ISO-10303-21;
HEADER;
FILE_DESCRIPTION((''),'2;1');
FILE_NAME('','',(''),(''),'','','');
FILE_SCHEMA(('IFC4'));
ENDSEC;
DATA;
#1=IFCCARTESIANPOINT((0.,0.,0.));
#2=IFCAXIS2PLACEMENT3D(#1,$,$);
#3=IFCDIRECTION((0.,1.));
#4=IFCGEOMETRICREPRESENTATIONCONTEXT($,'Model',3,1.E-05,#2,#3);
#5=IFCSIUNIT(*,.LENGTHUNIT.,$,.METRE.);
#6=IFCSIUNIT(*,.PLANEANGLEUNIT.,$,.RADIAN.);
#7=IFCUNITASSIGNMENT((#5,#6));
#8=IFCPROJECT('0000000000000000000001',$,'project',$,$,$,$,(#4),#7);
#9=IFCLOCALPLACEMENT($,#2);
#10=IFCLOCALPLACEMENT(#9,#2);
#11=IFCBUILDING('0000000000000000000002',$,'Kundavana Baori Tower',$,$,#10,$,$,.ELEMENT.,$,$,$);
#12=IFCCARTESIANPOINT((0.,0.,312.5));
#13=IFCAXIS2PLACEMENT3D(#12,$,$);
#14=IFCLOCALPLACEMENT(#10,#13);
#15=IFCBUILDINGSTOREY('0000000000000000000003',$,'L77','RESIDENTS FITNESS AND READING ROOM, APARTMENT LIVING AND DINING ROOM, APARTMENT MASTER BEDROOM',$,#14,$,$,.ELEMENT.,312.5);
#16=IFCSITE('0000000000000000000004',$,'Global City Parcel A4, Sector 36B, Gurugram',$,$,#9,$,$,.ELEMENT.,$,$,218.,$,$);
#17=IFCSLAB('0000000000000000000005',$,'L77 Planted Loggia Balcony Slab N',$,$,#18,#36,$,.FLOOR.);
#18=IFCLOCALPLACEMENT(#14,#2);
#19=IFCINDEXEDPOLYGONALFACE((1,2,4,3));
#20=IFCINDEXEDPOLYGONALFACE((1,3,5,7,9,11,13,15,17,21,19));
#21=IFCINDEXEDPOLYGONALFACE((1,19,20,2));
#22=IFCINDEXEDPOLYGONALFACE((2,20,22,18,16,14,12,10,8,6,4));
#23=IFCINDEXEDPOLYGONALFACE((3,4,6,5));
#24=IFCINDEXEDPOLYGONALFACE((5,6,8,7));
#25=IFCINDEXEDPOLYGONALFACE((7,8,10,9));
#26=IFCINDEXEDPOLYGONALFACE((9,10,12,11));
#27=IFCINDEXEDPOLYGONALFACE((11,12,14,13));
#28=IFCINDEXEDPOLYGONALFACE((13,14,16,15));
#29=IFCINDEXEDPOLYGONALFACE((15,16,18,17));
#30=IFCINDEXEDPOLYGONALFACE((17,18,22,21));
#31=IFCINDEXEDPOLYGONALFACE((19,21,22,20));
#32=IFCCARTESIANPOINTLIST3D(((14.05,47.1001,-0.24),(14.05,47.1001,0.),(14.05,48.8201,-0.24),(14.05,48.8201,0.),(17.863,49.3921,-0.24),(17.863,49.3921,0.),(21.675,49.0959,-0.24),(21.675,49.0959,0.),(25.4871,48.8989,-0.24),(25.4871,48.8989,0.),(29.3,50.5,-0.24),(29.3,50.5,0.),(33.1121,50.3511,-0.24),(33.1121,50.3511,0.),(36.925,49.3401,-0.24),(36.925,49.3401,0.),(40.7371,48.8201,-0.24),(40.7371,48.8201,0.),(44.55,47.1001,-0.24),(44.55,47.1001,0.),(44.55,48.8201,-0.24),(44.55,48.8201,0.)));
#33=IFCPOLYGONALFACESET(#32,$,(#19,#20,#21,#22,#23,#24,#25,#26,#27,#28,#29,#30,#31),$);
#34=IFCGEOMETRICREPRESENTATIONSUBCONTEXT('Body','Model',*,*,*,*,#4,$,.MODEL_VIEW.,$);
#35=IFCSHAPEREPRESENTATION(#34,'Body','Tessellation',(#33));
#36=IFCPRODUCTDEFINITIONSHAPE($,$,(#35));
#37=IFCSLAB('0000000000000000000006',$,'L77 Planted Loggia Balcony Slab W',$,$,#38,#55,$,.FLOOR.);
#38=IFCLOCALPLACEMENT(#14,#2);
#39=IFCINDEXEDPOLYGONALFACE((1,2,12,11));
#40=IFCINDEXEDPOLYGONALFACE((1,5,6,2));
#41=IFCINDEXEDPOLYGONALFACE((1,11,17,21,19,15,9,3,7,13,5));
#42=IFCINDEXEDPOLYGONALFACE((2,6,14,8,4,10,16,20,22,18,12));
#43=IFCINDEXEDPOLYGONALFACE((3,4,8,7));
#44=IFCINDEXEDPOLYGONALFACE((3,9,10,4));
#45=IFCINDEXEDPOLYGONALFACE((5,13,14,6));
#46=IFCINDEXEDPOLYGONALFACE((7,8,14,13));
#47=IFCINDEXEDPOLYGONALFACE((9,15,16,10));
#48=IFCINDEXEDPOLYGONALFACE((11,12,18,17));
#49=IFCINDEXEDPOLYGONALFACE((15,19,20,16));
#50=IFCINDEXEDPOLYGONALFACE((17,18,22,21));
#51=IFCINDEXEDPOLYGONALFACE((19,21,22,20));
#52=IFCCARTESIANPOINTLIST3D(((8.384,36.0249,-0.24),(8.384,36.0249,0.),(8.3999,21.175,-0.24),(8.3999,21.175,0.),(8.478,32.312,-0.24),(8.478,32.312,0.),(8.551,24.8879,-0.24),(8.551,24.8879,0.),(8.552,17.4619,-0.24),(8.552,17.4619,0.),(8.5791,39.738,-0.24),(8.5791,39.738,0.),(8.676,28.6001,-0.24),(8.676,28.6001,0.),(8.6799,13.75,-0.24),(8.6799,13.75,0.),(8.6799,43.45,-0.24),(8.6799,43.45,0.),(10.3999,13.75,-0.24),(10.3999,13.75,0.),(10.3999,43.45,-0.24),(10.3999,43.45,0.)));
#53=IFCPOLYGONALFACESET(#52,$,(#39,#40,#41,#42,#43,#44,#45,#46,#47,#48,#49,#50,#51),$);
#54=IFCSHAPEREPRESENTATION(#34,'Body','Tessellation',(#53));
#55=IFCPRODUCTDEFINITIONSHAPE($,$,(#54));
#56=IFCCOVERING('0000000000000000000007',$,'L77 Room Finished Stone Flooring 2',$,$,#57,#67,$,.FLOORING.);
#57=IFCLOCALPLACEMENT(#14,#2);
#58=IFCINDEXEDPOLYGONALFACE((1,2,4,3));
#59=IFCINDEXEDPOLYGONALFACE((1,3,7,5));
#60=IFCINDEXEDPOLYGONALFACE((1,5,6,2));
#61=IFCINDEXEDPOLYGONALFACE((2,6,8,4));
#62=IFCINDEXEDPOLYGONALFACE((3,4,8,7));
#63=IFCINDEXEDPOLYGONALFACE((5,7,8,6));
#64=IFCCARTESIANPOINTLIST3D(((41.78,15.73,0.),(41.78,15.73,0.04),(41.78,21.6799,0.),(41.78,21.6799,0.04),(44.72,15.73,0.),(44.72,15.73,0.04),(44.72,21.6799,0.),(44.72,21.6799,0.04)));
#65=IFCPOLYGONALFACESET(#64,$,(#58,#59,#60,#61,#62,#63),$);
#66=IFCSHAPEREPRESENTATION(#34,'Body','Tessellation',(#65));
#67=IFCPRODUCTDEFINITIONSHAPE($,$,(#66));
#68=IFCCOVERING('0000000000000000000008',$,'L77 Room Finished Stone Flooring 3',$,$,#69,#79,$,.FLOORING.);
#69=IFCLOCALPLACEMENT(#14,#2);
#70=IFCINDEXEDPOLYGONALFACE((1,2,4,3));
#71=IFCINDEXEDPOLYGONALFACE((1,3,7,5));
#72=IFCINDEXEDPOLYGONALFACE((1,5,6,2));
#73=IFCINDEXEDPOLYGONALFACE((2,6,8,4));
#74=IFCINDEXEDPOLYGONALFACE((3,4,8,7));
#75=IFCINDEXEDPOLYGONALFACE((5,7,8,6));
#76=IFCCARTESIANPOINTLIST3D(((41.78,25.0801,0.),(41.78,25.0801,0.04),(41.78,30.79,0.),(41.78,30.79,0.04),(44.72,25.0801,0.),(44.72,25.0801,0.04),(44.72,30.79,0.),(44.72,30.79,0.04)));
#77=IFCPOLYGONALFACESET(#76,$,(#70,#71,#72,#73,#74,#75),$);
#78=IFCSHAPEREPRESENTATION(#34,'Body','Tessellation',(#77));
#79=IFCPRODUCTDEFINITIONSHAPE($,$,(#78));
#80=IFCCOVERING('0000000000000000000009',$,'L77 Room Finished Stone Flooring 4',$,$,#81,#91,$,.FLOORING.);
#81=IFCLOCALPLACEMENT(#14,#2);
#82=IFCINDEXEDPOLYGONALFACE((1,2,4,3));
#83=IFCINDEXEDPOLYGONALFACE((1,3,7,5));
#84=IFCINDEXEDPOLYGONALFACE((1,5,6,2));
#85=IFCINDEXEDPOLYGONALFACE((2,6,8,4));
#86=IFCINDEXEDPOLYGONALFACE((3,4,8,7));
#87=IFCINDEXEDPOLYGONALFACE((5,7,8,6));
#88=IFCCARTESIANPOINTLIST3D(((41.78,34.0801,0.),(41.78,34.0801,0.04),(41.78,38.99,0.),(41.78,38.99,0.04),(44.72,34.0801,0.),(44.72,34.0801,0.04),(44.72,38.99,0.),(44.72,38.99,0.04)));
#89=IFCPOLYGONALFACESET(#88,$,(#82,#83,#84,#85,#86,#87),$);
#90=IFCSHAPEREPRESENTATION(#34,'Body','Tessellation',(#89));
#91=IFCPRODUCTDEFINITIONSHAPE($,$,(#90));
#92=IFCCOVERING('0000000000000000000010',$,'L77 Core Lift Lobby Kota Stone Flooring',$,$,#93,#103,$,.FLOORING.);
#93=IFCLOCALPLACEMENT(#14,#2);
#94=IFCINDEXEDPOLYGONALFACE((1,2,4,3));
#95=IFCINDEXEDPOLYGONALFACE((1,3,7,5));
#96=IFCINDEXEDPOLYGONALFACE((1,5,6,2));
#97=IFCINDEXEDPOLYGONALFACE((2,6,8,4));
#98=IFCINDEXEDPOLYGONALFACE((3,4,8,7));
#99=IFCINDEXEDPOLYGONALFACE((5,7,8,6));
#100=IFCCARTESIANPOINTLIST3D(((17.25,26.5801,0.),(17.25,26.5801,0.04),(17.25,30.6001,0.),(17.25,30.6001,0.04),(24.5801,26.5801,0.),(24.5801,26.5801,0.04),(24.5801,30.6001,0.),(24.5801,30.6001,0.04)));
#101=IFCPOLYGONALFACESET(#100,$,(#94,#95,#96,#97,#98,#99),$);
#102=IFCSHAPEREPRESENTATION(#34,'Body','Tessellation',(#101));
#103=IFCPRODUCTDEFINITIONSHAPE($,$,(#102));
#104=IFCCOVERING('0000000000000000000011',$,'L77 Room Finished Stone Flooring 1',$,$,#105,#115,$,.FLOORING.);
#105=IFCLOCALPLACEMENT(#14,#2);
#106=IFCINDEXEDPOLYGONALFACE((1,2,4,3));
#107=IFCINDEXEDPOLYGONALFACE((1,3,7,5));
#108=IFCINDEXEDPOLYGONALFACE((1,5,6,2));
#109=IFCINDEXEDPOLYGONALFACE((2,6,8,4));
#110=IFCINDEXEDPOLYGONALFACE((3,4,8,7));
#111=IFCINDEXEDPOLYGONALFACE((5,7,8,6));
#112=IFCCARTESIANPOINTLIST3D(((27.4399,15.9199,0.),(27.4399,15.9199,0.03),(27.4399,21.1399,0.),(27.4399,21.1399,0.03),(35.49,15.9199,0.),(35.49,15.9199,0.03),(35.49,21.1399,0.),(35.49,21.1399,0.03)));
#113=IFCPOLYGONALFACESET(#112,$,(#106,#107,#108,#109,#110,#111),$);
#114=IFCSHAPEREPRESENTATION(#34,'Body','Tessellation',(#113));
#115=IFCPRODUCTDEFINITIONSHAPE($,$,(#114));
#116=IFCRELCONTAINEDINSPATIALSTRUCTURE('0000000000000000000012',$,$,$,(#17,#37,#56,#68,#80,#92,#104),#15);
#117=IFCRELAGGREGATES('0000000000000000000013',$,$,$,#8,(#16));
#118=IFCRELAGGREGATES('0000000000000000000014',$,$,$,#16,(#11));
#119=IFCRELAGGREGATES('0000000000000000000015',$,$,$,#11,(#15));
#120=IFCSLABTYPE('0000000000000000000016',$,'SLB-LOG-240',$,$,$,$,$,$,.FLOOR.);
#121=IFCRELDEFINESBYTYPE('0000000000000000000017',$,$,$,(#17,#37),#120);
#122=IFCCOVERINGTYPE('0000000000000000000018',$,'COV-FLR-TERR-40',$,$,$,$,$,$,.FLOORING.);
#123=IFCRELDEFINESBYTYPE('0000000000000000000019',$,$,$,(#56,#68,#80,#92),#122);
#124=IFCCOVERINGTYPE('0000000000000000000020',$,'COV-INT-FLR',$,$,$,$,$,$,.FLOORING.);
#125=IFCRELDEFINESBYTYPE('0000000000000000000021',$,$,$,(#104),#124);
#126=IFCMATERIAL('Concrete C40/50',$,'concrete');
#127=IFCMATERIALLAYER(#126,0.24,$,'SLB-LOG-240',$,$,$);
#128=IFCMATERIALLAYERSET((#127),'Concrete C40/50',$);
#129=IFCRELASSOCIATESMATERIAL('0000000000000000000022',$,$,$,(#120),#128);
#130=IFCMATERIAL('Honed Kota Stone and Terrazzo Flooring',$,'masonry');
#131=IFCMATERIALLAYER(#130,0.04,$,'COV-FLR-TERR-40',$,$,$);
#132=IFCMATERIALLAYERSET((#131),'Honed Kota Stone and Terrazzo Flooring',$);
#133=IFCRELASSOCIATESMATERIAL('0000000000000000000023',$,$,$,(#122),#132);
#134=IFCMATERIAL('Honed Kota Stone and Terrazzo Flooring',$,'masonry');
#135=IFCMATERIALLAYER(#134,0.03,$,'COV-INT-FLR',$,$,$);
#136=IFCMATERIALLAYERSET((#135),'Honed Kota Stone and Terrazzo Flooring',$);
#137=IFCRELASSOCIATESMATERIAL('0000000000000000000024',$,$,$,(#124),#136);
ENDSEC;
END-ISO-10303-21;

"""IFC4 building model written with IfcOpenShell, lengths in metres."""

from ifc_helpers import new_model, si_unit, direction, frame, origin, place, context, subcontext, project, spatial, polyline, outline, extrude, material, layer, layer_set, type_object, element, save


model = new_model("IFC4")

# Units and contexts
model_context = context("Model", 3, precision=1e-05, world=origin(), true_north=direction((0.0, 1.0)))
body_context = subcontext(model_context, "Body", "Model", "MODEL_VIEW")
ifc_project = project(units=[si_unit("LENGTHUNIT", "METRE"), si_unit("PLANEANGLEUNIT", "RADIAN")], contexts=[model_context])

# Site, building, storey
site_placement = place(None, origin())
site = spatial("IfcSite", under=ifc_project, at=site_placement, Name="Global City Parcel A4, Sector 36B, Gurugram", CompositionType="ELEMENT", RefElevation=218.0)
building_placement = place(site_placement, origin())
building = spatial("IfcBuilding", under=site, at=building_placement, Name="Kundavana Baori Tower", CompositionType="ELEMENT")
storey_placement = place(building_placement, frame((0.0, 0.0, 312.5)))
storey = spatial("IfcBuildingStorey", under=building, at=storey_placement, Name="L77", Description="RESIDENTS FITNESS AND READING ROOM, APARTMENT LIVING AND DINING ROOM, APARTMENT MASTER BEDROOM", CompositionType="ELEMENT", Elevation=312.5)

# Slabs
ifc_material_1 = material(Name="Concrete C40/50", Category="concrete")
ifc_layer_1 = layer(ifc_material_1, 0.24, Name="SLB-LOG-240")
ifc_layer_set_1 = layer_set([ifc_layer_1], Name="Concrete C40/50")
slab_type_1 = type_object("IfcSlabType", Name="SLB-LOG-240", PredefinedType="FLOOR", material=ifc_layer_set_1)
slab_1_placement = place(storey_placement, frame((0.0, 0.0, -0.24)))
element("IfcSlab", 1, at=slab_1_placement, inside=storey, type_object=slab_type_1, Name="L77 Planted Loggia Balcony Slab N", PredefinedType="FLOOR", context=body_context, shape_type="SweptSolid", body=[
    extrude(outline(polyline([(44.55, 47.1001), (14.05, 47.1001), (14.05, 48.8201), (17.863, 49.3921), (21.675, 49.0959), (25.4871, 48.8989), (29.3, 50.5), (33.1121, 50.3511), (36.925, 49.3401), (40.7371, 48.8201), (44.55, 48.8201), (44.55, 47.1001)])), origin(), (0.0, 0.0, 1.0), 0.24),
])
slab_2_placement = place(storey_placement, frame((0.0, 0.0, -0.24)))
element("IfcSlab", 2, at=slab_2_placement, inside=storey, type_object=slab_type_1, Name="L77 Planted Loggia Balcony Slab W", PredefinedType="FLOOR", context=body_context, shape_type="SweptSolid", body=[
    extrude(outline(polyline([(10.3999, 43.45), (10.3999, 13.75), (8.6799, 13.75), (8.552, 17.4619), (8.3999, 21.175), (8.551, 24.8879), (8.676, 28.6001), (8.478, 32.312), (8.384, 36.0249), (8.5791, 39.738), (8.6799, 43.45), (10.3999, 43.45)])), origin(), (0.0, 0.0, 1.0), 0.24),
])

# Coverings
ifc_material_2 = material(Name="Honed Kota Stone and Terrazzo Flooring", Category="masonry")
ifc_layer_2 = layer(ifc_material_2, 0.04, Name="COV-FLR-TERR-40")
ifc_layer_set_2 = layer_set([ifc_layer_2], Name="Honed Kota Stone and Terrazzo Flooring")
covering_type_1 = type_object("IfcCoveringType", Name="COV-FLR-TERR-40", PredefinedType="FLOORING", material=ifc_layer_set_2)
covering_1_placement = place(storey_placement, origin())
element("IfcCovering", 3, at=covering_1_placement, inside=storey, type_object=covering_type_1, Name="L77 Room Finished Stone Flooring 2", PredefinedType="FLOORING", context=body_context, shape_type="SweptSolid", body=[
    extrude(outline(polyline([(41.78, 15.73), (44.72, 15.73), (44.72, 21.6799), (41.78, 21.6799), (41.78, 15.73)])), origin(), (0.0, 0.0, 1.0), 0.04),
])
covering_2_placement = place(storey_placement, origin())
element("IfcCovering", 4, at=covering_2_placement, inside=storey, type_object=covering_type_1, Name="L77 Room Finished Stone Flooring 3", PredefinedType="FLOORING", context=body_context, shape_type="SweptSolid", body=[
    extrude(outline(polyline([(41.78, 25.0801), (44.72, 25.0801), (44.72, 30.79), (41.78, 30.79), (41.78, 25.0801)])), origin(), (0.0, 0.0, 1.0), 0.04),
])
covering_3_placement = place(storey_placement, origin())
element("IfcCovering", 5, at=covering_3_placement, inside=storey, type_object=covering_type_1, Name="L77 Room Finished Stone Flooring 4", PredefinedType="FLOORING", context=body_context, shape_type="SweptSolid", body=[
    extrude(outline(polyline([(41.78, 34.0801), (44.72, 34.0801), (44.72, 38.99), (41.78, 38.99), (41.78, 34.0801)])), origin(), (0.0, 0.0, 1.0), 0.04),
])
covering_4_placement = place(storey_placement, origin())
element("IfcCovering", 6, at=covering_4_placement, inside=storey, type_object=covering_type_1, Name="L77 Core Lift Lobby Kota Stone Flooring", PredefinedType="FLOORING", context=body_context, shape_type="SweptSolid", body=[
    extrude(outline(polyline([(17.25, 26.5801), (24.5801, 26.5801), (24.5801, 30.6001), (17.25, 30.6001), (17.25, 26.5801)])), origin(), (0.0, 0.0, 1.0), 0.04),
])
ifc_material_3 = material(Name="Honed Kota Stone and Terrazzo Flooring", Category="masonry")
ifc_layer_3 = layer(ifc_material_3, 0.03, Name="COV-INT-FLR")
ifc_layer_set_3 = layer_set([ifc_layer_3], Name="Honed Kota Stone and Terrazzo Flooring")
covering_type_2 = type_object("IfcCoveringType", Name="COV-INT-FLR", PredefinedType="FLOORING", material=ifc_layer_set_3)
covering_5_placement = place(storey_placement, origin())
element("IfcCovering", 7, at=covering_5_placement, inside=storey, type_object=covering_type_2, Name="L77 Room Finished Stone Flooring 1", PredefinedType="FLOORING", context=body_context, shape_type="SweptSolid", body=[
    extrude(outline(polyline([(27.4399, 15.9199), (35.49, 15.9199), (35.49, 21.1399), (27.4399, 21.1399), (27.4399, 15.9199)])), origin(), (0.0, 0.0, 1.0), 0.03),
])

save(model, "model.ifc")
